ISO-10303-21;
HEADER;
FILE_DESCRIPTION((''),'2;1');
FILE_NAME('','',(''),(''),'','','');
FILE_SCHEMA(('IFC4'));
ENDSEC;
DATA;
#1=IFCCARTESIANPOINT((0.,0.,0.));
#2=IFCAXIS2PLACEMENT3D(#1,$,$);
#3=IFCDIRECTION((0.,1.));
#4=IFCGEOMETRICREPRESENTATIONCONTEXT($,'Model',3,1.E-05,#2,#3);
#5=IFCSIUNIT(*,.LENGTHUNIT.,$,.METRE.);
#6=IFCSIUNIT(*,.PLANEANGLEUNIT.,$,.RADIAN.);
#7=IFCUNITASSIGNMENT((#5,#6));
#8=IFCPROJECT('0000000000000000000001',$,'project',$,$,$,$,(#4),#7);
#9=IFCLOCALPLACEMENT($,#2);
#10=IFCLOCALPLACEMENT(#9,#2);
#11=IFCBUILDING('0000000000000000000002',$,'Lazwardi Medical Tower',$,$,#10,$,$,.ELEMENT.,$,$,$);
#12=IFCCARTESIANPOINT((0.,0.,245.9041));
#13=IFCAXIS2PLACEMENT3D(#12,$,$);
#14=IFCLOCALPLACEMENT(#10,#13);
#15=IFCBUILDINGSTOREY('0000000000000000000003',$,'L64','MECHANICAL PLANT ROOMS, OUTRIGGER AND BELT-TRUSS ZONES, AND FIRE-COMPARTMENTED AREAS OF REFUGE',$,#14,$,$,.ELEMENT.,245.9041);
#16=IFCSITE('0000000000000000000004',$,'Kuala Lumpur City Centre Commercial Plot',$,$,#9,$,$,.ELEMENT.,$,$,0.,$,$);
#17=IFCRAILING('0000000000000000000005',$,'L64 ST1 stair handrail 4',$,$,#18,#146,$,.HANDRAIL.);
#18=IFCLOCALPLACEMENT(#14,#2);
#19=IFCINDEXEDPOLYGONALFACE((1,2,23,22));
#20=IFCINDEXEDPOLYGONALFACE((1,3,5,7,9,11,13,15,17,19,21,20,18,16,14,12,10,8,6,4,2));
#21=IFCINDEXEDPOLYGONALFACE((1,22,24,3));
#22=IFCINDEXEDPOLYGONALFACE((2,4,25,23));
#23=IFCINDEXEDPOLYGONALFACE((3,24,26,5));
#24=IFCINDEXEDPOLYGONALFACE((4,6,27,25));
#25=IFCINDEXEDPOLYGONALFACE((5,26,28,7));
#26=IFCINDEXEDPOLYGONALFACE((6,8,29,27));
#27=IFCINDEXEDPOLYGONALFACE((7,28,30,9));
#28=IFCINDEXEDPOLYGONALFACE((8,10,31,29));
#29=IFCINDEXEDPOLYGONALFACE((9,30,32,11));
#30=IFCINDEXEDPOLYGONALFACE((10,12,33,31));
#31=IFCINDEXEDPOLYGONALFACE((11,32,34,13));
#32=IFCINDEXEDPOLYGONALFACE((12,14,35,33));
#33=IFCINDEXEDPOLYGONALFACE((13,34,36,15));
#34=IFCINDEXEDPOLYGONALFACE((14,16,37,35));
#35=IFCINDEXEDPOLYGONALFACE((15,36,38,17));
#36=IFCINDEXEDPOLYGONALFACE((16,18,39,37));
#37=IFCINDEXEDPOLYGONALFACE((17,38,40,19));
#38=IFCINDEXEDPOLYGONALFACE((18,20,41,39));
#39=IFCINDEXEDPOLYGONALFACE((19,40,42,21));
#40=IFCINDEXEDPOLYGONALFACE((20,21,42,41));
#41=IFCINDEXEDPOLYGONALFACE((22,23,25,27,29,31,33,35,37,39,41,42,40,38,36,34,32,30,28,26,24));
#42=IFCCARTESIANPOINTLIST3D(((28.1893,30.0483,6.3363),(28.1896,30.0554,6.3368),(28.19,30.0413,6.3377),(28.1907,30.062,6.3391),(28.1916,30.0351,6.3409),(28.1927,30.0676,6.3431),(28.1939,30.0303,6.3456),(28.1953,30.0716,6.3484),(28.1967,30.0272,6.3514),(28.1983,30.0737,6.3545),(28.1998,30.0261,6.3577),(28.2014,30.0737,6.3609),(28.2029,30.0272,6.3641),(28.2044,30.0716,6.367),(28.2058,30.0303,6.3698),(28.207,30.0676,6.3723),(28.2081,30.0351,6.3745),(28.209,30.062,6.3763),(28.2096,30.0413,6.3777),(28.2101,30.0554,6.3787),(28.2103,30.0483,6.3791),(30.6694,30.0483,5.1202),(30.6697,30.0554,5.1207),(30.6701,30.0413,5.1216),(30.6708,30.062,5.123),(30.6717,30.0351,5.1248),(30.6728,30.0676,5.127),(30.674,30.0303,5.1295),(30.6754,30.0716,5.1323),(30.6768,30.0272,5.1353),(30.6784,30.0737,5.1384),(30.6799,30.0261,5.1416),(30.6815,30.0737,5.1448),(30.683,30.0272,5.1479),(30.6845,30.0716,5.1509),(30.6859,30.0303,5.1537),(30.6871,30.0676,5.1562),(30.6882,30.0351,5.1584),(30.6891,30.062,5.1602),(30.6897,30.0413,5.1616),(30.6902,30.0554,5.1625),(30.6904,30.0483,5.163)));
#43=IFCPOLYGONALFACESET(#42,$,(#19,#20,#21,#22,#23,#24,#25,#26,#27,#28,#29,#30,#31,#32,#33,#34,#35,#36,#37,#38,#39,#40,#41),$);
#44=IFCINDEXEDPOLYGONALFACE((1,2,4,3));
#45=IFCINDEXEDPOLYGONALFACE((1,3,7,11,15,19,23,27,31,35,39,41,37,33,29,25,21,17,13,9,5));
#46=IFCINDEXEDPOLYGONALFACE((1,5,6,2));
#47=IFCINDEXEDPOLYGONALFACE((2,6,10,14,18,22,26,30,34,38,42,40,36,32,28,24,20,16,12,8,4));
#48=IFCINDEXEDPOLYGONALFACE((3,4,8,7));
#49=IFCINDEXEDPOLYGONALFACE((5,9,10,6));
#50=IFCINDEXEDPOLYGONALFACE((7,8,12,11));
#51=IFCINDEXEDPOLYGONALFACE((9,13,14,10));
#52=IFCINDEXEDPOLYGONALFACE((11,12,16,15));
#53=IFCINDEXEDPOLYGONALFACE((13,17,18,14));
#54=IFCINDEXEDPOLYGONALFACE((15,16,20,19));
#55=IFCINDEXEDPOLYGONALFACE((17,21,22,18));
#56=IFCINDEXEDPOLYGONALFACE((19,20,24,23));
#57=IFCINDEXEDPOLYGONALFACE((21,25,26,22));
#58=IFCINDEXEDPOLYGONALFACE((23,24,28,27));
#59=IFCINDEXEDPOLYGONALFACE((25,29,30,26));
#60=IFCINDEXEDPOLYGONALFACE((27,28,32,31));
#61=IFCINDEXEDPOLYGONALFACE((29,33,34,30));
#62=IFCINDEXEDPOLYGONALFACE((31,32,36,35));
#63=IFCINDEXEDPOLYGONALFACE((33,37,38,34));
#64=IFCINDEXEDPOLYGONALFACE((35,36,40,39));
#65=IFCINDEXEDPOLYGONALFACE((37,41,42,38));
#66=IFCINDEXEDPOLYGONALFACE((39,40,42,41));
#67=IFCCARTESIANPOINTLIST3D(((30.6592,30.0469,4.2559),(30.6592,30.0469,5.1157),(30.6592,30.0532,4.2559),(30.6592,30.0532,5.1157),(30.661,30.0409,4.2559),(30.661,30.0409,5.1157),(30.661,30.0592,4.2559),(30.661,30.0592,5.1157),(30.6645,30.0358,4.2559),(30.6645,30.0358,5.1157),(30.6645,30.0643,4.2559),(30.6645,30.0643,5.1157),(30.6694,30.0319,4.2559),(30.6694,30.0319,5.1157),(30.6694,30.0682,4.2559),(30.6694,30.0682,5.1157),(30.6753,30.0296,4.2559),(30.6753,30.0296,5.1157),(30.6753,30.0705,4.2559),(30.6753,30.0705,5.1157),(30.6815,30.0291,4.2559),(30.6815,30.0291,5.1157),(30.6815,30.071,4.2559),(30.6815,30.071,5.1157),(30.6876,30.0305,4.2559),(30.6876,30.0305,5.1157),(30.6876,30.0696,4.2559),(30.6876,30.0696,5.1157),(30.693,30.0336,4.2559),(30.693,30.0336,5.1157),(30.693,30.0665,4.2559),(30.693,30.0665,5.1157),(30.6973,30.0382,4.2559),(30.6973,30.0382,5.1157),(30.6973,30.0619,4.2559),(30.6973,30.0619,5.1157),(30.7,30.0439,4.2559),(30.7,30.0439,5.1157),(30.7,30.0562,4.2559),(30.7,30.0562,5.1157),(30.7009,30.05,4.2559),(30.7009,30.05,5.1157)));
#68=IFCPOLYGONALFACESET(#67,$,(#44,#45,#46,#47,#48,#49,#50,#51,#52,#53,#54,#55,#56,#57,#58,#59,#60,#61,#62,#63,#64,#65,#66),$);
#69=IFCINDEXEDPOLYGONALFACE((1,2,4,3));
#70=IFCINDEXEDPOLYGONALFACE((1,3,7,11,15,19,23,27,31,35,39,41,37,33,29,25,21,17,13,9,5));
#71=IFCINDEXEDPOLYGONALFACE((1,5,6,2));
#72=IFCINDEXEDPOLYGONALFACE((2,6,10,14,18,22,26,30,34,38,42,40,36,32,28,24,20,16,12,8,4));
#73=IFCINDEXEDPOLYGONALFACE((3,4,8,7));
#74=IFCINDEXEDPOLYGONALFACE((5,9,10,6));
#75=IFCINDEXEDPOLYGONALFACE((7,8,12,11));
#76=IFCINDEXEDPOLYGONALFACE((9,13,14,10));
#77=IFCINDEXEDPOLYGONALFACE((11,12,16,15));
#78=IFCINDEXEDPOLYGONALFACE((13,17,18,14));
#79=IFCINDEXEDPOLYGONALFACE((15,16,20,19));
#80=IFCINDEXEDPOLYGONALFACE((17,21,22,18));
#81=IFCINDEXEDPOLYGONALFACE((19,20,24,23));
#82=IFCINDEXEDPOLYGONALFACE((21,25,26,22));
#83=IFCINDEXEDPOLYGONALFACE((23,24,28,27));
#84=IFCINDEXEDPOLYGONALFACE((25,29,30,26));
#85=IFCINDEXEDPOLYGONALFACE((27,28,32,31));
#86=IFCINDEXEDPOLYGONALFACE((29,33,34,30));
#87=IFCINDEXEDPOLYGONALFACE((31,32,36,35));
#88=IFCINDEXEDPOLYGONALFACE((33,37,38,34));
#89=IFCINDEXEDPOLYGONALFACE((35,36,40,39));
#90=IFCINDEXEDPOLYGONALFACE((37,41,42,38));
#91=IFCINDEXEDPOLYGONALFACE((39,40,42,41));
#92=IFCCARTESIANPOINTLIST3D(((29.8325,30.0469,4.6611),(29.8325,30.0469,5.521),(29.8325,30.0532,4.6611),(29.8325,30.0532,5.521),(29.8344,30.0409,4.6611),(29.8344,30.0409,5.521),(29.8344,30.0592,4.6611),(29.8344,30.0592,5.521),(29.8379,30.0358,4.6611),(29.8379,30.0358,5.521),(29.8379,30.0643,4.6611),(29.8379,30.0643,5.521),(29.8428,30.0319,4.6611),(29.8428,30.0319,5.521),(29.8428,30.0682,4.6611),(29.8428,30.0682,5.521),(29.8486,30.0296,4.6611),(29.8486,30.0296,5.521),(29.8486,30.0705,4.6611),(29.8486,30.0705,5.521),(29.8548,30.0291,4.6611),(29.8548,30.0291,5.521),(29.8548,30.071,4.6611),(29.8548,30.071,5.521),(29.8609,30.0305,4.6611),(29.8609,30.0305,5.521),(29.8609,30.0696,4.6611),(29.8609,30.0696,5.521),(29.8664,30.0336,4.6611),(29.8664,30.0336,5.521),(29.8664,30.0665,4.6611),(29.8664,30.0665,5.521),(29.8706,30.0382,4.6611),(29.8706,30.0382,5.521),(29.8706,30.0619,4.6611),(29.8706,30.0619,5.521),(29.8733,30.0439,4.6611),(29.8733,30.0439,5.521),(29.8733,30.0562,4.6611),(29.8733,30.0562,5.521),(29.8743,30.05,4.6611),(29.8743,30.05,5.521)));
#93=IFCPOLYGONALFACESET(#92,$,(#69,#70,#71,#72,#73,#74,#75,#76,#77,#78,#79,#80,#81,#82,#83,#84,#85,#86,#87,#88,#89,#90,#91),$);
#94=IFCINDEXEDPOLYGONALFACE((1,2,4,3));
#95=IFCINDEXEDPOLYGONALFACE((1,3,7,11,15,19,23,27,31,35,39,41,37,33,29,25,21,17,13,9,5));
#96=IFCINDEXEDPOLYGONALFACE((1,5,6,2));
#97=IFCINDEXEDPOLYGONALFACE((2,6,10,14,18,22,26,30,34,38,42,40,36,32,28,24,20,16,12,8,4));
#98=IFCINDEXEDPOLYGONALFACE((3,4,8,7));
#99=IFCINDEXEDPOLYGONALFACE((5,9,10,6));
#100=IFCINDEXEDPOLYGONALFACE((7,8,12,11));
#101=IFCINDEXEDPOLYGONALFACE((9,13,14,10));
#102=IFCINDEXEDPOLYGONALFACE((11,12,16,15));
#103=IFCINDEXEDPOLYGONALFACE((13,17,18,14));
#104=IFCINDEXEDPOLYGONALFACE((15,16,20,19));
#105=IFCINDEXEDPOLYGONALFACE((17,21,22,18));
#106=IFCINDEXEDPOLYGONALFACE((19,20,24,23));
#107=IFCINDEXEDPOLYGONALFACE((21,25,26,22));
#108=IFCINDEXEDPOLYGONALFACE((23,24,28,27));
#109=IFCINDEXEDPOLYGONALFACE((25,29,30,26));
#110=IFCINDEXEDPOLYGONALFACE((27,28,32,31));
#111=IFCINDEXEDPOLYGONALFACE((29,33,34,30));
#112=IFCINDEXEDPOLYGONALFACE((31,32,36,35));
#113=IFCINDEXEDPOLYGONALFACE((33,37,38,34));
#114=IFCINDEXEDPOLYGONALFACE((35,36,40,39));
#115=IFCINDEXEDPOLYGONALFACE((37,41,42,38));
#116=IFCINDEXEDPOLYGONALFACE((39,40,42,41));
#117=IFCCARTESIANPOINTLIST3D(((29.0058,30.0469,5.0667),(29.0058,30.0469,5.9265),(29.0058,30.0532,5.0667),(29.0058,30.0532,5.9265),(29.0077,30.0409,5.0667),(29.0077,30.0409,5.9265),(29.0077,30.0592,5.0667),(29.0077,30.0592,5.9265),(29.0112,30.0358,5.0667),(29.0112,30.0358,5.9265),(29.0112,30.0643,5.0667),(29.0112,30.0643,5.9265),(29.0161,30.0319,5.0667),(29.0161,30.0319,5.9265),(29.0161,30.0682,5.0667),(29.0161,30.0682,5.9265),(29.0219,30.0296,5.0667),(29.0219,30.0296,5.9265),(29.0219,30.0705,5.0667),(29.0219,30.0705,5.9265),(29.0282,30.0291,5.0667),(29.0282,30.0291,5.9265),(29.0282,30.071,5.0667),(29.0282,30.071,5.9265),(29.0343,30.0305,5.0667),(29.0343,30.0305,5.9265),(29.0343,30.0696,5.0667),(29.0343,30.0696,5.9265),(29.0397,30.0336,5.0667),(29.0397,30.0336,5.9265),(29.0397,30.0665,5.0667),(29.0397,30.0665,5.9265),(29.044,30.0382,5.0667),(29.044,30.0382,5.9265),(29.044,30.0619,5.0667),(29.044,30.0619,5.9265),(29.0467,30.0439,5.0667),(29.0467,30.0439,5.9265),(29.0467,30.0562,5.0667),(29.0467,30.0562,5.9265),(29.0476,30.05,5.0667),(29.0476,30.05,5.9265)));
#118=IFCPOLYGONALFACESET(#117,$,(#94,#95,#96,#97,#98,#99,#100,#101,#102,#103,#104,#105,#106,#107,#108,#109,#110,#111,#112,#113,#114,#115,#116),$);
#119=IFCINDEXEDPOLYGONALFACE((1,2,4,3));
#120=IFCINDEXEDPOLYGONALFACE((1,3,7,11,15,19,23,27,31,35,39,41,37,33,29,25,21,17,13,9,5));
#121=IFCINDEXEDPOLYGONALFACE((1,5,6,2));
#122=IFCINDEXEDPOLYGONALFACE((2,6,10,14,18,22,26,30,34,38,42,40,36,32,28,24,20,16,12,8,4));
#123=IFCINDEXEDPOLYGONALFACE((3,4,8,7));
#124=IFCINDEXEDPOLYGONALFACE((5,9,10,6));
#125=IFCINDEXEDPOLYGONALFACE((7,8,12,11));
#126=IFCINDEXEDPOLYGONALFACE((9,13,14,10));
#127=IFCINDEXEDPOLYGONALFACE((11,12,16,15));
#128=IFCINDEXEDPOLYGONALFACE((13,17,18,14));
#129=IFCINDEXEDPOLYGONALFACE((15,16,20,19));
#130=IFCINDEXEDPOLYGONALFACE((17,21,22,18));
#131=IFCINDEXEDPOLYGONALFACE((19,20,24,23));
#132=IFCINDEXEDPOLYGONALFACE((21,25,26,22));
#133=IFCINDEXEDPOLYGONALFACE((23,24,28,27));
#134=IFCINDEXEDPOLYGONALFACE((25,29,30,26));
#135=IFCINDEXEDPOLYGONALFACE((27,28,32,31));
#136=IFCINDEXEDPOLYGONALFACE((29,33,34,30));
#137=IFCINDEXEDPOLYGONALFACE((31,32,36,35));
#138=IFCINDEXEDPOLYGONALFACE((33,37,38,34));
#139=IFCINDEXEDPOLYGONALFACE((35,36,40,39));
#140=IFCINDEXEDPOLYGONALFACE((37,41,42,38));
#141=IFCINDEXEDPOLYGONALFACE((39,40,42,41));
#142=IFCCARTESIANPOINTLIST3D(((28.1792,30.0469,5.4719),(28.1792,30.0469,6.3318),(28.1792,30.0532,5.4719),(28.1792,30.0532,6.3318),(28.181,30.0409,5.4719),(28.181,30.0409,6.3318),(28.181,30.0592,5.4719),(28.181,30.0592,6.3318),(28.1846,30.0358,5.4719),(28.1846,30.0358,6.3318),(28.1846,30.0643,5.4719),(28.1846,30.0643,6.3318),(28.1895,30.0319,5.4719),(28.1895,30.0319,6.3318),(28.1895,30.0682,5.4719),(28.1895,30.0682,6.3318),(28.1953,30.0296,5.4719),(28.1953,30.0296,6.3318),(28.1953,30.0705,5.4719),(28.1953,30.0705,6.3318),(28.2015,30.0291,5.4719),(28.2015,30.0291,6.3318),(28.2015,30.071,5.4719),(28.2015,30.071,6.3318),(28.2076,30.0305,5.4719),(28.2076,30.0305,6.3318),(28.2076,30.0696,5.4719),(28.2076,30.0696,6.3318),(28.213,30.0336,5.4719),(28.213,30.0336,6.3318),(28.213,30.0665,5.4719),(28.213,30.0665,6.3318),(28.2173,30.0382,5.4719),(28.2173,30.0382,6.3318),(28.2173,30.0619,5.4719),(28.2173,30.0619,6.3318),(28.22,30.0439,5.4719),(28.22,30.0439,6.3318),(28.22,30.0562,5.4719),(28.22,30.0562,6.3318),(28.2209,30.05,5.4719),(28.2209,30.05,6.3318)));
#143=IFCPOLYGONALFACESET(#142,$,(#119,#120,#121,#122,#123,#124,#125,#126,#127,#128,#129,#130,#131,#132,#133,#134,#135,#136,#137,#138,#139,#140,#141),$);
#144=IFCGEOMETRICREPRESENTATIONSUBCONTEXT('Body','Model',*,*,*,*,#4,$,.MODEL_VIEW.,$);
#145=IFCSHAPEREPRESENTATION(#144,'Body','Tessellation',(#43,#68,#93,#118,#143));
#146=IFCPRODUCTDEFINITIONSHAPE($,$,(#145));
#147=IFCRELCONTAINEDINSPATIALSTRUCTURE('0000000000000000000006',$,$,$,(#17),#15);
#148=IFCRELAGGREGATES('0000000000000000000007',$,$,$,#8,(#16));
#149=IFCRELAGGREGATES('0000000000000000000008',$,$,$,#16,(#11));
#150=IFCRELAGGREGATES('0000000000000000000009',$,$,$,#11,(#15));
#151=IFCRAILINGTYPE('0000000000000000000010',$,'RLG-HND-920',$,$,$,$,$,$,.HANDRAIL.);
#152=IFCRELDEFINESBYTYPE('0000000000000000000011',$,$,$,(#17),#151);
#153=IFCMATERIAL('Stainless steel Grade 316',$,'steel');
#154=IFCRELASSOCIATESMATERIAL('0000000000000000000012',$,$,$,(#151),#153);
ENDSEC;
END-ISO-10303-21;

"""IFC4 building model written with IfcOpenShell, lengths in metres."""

from ifc_helpers import new_model, si_unit, direction, frame, origin, origin_2d, place, context, subcontext, project, spatial, circle, extrude, material, type_object, element, save


model = new_model("IFC4")

# Units and contexts
model_context = context("Model", 3, precision=1e-05, world=origin(), true_north=direction((0.0, 1.0)))
body_context = subcontext(model_context, "Body", "Model", "MODEL_VIEW")
ifc_project = project(units=[si_unit("LENGTHUNIT", "METRE"), si_unit("PLANEANGLEUNIT", "RADIAN")], contexts=[model_context])

# Site, building, storey
site_placement = place(None, origin())
site = spatial("IfcSite", under=ifc_project, at=site_placement, Name="Kuala Lumpur City Centre Commercial Plot", CompositionType="ELEMENT", RefElevation=0.0)
building_placement = place(site_placement, origin())
building = spatial("IfcBuilding", under=site, at=building_placement, Name="Lazwardi Medical Tower", CompositionType="ELEMENT")
storey_placement = place(building_placement, frame((0.0, 0.0, 245.9041)))
storey = spatial("IfcBuildingStorey", under=building, at=storey_placement, Name="L64", Description="MECHANICAL PLANT ROOMS, OUTRIGGER AND BELT-TRUSS ZONES, AND FIRE-COMPARTMENTED AREAS OF REFUGE", CompositionType="ELEMENT", Elevation=245.9041)

# Railing
ifc_material_1 = material(Name="Stainless steel Grade 316", Category="steel")
railing_type = type_object("IfcRailingType", Name="RLG-HND-920", PredefinedType="HANDRAIL", material=ifc_material_1)
railing_1_placement = place(storey_placement, frame((30.6799, 30.05, 4.2559)))
element("IfcRailing", 1, at=railing_1_placement, inside=storey, type_object=railing_type, Name="L64 ST1 stair handrail 4", PredefinedType="HANDRAIL", context=body_context, shape_type="SweptSolid", body=[
    extrude(circle(Radius=0.0239, at=origin_2d()), frame((0.0, 0.0, 0.8857), z_axis=(-0.897865, 0.0, 0.44027), x_axis=(0.0, -1.0, 0.0)), (0.0, 0.0, 1.0), 2.7622),
    extrude(circle(Radius=0.021, at=origin_2d()), origin(), (0.0, 0.0, 1.0), 0.8599),
    extrude(circle(Radius=0.021, at=origin_2d()), frame((-0.8267, 0.0, 0.4053)), (0.0, 0.0, 1.0), 0.8599),
    extrude(circle(Radius=0.021, at=origin_2d()), frame((-1.6533, 0.0, 0.8108)), (0.0, 0.0, 1.0), 0.8599),
    extrude(circle(Radius=0.021, at=origin_2d()), frame((-2.48, 0.0, 1.2161)), (0.0, 0.0, 1.0), 0.8599),
])

save(model, "model.ifc")
